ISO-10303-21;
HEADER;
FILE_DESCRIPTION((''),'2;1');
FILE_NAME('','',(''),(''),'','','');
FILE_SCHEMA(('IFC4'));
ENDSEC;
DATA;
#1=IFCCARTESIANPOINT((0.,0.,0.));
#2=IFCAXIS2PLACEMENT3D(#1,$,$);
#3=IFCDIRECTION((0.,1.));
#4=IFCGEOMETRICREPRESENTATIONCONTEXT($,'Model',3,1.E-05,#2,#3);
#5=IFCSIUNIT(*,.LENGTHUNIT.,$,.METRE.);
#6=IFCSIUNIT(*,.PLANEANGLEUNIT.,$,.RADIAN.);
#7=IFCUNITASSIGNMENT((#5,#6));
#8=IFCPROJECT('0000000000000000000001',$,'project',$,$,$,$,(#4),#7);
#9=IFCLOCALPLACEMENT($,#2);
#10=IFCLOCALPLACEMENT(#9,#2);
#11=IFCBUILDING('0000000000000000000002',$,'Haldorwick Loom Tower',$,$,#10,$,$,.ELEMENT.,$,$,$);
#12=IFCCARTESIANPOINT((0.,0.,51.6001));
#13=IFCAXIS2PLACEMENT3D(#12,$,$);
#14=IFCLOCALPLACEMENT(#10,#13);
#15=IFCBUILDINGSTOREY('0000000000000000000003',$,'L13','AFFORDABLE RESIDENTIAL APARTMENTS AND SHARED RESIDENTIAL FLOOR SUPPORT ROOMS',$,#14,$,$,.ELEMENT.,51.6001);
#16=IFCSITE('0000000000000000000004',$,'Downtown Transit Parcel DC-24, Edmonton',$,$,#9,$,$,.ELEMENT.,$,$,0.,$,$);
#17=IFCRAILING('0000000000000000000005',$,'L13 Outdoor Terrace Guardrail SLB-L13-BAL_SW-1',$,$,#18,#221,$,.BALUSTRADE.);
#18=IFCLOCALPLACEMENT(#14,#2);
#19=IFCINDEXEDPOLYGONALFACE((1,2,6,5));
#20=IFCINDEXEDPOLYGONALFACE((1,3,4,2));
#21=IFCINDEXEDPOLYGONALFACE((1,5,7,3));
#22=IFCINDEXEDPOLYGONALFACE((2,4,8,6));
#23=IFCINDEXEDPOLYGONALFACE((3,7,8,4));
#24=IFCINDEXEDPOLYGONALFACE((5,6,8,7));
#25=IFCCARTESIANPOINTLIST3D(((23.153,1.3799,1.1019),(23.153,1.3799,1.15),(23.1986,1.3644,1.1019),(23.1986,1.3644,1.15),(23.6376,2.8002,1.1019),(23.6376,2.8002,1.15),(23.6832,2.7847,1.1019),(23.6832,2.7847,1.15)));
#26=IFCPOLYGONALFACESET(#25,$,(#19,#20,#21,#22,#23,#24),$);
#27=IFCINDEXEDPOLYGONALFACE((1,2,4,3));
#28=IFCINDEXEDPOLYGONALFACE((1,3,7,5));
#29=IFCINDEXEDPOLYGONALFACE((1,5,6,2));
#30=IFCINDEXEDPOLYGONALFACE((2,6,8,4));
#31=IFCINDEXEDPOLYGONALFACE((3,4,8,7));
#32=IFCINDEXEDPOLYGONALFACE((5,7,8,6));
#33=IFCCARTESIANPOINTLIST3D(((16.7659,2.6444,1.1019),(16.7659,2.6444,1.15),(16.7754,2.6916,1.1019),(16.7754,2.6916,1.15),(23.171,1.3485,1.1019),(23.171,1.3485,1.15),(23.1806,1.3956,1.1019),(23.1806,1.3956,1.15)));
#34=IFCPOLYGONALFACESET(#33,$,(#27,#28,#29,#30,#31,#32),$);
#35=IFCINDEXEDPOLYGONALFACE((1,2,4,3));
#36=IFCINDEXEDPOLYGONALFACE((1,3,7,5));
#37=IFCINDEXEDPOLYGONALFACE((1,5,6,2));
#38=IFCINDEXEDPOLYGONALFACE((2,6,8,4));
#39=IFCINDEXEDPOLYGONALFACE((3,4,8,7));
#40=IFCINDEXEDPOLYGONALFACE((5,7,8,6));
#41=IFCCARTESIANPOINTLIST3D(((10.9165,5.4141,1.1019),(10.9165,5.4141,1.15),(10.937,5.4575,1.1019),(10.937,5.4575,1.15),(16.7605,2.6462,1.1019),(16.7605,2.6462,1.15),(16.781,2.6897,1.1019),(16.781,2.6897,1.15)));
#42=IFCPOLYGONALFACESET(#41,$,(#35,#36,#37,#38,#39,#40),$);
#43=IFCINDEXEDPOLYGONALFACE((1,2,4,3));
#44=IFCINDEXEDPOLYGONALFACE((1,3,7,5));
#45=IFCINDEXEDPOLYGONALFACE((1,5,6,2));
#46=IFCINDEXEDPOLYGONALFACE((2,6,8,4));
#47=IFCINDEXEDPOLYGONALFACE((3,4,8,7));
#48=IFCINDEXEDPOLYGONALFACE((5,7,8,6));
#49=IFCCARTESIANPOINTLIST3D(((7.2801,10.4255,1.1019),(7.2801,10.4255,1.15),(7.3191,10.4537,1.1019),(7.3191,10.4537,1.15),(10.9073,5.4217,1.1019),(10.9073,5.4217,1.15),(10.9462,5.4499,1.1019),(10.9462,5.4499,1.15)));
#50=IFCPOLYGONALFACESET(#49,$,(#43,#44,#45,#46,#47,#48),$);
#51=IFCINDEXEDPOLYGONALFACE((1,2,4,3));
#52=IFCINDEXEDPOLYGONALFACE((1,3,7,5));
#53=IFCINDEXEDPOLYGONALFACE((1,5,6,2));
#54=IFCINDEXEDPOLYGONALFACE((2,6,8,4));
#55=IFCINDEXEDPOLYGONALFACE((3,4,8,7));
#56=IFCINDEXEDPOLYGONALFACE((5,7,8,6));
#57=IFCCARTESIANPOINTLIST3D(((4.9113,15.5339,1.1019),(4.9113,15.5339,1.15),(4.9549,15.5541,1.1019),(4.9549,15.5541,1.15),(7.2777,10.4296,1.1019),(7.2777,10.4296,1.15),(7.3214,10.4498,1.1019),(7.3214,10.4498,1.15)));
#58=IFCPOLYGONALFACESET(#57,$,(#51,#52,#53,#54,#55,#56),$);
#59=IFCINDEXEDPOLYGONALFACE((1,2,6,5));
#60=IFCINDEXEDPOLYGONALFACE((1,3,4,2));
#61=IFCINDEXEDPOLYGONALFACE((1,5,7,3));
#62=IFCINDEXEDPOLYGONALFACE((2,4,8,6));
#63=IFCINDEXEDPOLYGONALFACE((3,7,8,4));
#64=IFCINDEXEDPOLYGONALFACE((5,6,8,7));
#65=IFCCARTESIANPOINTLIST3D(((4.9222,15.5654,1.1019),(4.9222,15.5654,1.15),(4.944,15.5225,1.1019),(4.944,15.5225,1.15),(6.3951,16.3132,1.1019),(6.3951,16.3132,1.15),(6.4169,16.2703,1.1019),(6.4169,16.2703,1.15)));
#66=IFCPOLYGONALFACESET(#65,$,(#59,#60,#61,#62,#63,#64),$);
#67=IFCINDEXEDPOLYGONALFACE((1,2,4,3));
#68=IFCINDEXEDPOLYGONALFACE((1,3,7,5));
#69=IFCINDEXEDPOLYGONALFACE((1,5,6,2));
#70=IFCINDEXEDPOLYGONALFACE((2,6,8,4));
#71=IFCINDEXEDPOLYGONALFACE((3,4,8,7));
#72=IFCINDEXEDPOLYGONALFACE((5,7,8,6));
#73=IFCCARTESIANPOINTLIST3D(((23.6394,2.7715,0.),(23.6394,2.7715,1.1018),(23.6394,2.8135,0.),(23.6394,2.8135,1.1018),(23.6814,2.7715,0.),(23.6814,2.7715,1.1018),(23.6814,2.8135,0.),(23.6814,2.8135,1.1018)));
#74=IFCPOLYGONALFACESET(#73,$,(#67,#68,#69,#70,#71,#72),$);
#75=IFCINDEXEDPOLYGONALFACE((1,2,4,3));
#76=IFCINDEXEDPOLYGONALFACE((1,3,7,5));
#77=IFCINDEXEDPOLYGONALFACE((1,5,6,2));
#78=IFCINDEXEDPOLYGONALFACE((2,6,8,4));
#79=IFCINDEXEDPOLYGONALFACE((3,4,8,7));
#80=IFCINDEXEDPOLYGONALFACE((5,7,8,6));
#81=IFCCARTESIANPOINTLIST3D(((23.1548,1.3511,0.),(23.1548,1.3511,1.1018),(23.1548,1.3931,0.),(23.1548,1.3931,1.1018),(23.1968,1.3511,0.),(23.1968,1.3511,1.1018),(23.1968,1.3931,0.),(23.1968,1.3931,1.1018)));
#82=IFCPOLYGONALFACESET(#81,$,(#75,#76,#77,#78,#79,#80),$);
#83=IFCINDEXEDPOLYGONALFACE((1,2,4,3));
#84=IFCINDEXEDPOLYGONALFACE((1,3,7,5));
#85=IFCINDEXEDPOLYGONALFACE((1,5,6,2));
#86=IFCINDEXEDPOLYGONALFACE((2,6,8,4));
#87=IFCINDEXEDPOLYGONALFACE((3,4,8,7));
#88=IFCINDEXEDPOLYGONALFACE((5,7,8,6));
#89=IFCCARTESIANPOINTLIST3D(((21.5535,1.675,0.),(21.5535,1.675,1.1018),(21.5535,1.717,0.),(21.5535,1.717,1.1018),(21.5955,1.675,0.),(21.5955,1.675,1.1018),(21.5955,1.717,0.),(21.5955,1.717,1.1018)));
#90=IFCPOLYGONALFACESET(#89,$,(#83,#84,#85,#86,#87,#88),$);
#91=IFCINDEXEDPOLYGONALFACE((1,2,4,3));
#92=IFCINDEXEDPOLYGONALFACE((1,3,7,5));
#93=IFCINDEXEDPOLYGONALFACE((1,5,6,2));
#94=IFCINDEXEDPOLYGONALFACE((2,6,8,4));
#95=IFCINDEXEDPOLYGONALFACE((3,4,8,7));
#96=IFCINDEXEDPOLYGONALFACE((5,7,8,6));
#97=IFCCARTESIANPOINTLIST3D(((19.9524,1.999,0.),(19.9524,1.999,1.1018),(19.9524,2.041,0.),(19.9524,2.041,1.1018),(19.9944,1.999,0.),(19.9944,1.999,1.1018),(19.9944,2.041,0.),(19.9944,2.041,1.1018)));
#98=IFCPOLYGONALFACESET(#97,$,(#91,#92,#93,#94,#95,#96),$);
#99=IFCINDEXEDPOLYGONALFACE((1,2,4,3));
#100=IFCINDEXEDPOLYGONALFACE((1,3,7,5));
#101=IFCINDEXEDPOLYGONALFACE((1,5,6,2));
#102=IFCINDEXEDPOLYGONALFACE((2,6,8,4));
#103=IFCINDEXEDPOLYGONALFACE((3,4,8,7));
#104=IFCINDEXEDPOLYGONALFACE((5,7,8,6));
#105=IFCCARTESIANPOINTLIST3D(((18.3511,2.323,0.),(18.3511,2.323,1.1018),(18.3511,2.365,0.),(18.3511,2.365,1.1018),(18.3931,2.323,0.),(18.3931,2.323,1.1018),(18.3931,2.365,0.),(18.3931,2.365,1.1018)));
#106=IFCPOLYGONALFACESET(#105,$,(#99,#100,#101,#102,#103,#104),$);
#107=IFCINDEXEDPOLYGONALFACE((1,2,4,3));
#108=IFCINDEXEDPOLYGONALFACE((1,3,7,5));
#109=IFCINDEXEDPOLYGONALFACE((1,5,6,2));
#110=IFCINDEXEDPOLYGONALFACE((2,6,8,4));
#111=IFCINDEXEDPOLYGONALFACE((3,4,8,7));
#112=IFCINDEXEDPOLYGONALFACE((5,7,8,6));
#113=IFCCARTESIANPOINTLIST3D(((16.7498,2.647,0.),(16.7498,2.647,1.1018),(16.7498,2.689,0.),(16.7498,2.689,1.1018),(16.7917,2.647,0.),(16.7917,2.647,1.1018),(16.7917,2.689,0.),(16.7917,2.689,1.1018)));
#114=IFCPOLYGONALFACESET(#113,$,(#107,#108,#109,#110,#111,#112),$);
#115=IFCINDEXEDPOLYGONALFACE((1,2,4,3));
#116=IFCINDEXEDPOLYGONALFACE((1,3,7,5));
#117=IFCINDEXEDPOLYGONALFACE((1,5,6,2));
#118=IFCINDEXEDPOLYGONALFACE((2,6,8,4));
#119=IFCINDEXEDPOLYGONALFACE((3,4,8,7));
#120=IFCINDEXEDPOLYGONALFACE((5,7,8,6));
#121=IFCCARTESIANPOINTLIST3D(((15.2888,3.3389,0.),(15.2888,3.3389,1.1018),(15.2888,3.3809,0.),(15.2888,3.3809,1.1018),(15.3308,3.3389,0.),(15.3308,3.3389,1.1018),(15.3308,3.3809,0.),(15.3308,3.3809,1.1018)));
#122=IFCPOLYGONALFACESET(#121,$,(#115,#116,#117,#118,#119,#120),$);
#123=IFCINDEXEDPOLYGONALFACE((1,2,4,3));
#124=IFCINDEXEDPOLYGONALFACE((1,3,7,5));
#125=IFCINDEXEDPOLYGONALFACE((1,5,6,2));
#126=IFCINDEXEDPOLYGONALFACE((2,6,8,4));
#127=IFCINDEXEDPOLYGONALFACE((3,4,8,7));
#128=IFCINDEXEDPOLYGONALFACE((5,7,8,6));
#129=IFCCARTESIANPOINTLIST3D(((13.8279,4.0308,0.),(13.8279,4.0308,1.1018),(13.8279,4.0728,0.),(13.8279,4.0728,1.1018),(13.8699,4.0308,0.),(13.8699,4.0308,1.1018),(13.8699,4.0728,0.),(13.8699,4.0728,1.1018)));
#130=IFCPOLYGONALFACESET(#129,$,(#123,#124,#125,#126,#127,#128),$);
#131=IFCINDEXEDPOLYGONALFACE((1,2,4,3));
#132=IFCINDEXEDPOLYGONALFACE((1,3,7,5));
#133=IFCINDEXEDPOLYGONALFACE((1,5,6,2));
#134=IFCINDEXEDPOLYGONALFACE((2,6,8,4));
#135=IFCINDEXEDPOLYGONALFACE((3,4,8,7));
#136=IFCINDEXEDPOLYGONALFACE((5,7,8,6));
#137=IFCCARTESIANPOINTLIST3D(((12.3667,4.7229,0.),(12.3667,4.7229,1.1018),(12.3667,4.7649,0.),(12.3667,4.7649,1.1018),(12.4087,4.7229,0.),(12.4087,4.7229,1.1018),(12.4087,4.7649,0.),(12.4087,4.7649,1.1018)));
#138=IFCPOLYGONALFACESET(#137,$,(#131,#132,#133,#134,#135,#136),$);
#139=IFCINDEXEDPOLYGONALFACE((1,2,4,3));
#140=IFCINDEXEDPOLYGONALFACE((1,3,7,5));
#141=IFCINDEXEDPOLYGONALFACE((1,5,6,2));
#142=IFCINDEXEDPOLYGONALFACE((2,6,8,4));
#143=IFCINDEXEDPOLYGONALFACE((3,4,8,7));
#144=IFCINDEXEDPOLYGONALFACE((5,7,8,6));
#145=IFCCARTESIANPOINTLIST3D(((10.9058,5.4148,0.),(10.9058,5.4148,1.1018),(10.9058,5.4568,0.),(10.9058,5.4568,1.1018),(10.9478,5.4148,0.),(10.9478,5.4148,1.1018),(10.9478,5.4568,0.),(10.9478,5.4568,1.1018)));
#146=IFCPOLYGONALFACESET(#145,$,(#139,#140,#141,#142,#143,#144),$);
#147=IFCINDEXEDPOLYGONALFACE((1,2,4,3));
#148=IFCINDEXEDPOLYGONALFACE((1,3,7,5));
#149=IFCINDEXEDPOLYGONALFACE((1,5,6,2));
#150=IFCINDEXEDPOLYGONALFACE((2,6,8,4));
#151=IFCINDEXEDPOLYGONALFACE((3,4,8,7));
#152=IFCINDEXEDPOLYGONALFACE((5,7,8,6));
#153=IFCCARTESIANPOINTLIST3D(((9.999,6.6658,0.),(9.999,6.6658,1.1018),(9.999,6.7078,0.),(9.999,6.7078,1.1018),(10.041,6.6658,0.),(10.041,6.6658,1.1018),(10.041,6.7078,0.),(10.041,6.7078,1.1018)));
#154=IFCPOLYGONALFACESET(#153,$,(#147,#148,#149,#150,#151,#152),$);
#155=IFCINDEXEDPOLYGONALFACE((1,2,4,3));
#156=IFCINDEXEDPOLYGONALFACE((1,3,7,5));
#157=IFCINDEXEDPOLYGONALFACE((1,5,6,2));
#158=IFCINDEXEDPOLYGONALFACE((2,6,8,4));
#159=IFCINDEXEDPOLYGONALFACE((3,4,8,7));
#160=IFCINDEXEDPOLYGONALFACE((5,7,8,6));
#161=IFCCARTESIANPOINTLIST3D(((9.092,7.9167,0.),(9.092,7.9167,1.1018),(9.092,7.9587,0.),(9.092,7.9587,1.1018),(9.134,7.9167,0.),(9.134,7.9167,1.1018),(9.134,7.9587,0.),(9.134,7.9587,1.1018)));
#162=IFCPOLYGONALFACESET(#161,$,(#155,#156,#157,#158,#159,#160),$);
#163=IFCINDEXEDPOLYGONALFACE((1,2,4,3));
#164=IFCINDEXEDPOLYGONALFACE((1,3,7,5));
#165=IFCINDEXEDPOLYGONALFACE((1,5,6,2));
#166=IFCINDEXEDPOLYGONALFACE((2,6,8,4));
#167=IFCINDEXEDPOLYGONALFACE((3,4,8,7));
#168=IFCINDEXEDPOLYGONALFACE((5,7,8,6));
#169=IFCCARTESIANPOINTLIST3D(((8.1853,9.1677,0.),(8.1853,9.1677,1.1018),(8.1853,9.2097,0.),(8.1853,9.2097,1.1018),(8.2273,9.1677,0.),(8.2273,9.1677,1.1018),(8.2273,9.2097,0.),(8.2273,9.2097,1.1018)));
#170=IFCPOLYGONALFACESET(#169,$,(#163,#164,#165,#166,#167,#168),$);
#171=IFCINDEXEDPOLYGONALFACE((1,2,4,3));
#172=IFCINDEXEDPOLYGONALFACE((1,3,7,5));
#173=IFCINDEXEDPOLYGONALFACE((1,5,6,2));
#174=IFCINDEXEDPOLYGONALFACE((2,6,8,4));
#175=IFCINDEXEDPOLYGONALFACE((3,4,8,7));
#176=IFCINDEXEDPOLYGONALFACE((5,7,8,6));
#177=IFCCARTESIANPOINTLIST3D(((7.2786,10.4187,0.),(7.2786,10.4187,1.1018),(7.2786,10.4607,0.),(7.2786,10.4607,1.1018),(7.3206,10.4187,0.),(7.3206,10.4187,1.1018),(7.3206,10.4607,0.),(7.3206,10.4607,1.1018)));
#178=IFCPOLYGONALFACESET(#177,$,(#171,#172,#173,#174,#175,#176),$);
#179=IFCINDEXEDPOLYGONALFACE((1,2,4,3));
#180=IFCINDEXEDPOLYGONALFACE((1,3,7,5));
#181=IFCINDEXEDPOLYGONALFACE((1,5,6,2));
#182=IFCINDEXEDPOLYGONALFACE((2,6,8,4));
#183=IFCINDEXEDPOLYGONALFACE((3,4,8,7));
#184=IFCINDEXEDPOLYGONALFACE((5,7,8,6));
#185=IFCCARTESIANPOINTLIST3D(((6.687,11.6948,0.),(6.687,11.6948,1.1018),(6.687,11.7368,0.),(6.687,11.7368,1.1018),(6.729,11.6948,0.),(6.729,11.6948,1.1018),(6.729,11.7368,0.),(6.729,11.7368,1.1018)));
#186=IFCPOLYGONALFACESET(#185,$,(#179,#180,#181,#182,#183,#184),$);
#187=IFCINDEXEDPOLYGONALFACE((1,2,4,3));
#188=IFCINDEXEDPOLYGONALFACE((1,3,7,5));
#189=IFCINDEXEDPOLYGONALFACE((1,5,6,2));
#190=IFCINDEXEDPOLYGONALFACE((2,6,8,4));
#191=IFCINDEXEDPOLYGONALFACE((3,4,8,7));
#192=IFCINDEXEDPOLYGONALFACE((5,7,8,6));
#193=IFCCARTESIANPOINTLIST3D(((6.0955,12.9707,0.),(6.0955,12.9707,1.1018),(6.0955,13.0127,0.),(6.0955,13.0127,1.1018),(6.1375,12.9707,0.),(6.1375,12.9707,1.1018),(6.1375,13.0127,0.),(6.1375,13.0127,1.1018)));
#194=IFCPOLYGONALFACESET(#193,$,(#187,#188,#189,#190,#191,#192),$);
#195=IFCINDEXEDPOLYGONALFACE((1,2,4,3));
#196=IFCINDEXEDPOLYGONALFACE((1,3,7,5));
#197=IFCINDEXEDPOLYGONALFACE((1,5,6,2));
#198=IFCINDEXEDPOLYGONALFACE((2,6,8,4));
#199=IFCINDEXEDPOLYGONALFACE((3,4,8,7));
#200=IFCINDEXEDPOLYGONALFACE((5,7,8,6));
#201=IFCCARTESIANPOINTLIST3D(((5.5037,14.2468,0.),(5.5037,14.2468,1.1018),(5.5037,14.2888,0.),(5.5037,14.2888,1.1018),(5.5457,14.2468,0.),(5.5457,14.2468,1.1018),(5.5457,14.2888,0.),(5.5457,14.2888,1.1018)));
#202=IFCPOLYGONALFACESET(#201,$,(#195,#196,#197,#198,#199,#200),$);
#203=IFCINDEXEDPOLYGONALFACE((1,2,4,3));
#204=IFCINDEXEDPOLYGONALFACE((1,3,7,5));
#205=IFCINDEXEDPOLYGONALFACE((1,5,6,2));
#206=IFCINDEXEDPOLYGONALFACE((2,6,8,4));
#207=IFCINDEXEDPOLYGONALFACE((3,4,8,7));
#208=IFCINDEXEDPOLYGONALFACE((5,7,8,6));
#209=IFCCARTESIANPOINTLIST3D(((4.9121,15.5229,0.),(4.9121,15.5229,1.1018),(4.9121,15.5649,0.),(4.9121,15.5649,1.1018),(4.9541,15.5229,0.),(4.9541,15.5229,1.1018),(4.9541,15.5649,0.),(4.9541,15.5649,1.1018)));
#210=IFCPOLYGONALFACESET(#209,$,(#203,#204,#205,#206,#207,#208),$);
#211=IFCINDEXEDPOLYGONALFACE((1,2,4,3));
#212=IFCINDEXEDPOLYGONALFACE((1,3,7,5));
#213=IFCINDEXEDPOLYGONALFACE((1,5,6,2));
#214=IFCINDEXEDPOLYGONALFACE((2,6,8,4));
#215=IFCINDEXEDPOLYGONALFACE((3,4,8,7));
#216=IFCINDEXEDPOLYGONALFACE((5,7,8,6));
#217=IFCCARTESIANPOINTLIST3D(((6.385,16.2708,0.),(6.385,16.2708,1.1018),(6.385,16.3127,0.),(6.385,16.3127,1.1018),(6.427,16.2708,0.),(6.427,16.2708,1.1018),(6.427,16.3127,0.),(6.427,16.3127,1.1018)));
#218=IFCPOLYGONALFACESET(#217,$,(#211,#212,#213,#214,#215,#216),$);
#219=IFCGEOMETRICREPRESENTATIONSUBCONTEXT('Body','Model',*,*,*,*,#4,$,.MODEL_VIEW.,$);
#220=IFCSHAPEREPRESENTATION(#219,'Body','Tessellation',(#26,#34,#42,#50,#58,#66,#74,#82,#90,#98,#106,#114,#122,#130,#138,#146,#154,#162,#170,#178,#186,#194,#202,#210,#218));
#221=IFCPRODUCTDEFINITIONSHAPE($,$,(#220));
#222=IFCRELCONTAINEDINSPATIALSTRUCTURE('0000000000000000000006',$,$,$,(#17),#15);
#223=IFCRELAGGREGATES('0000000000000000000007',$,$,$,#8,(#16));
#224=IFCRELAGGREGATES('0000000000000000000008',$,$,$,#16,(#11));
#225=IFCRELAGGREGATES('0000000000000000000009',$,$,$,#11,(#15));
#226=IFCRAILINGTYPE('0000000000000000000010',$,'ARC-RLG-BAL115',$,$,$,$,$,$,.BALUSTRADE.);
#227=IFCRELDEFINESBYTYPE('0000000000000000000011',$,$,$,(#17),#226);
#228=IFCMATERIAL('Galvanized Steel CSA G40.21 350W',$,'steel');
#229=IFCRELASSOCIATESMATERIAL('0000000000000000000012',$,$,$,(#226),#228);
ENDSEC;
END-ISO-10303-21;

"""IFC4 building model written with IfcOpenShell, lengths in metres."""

from ifc_helpers import new_model, si_unit, direction, frame, origin, origin_2d, place, context, subcontext, project, spatial, rectangle, extrude, material, type_object, element, save


model = new_model("IFC4")

# Units and contexts
model_context = context("Model", 3, precision=1e-05, world=origin(), true_north=direction((0.0, 1.0)))
body_context = subcontext(model_context, "Body", "Model", "MODEL_VIEW")
ifc_project = project(units=[si_unit("LENGTHUNIT", "METRE"), si_unit("PLANEANGLEUNIT", "RADIAN")], contexts=[model_context])

# Site, building, storey
site_placement = place(None, origin())
site = spatial("IfcSite", under=ifc_project, at=site_placement, Name="Downtown Transit Parcel DC-24, Edmonton", CompositionType="ELEMENT", RefElevation=0.0)
building_placement = place(site_placement, origin())
building = spatial("IfcBuilding", under=site, at=building_placement, Name="Haldorwick Loom Tower", CompositionType="ELEMENT")
storey_placement = place(building_placement, frame((0.0, 0.0, 51.6001)))
storey = spatial("IfcBuildingStorey", under=building, at=storey_placement, Name="L13", Description="AFFORDABLE RESIDENTIAL APARTMENTS AND SHARED RESIDENTIAL FLOOR SUPPORT ROOMS", CompositionType="ELEMENT", Elevation=51.6001)

# Railing
ifc_material_1 = material(Name="Galvanized Steel CSA G40.21 350W", Category="steel")
railing_type = type_object("IfcRailingType", Name="ARC-RLG-BAL115", PredefinedType="BALUSTRADE", material=ifc_material_1)
railing_placement = place(storey_placement, frame((23.6604, 2.7925, 0.0)))
element("IfcRailing", 1, at=railing_placement, inside=storey, type_object=railing_type, Name="L13 Outdoor Terrace Guardrail SLB-L13-BAL_SW-1", PredefinedType="BALUSTRADE", context=body_context, shape_type="SweptSolid", body=[
    extrude(rectangle(XDim=0.0481, YDim=0.0481, at=origin_2d()), frame((0.0, 0.0, 1.126), z_axis=(-0.322906, -0.946431, 0.0), x_axis=(0.946431, -0.322906, 0.0)), (0.0, 0.0, 1.0), 1.5007),
    extrude(rectangle(XDim=0.0481, YDim=0.0481, at=origin_2d()), frame((-0.4846, -1.4204, 1.126), z_axis=(-0.98014, 0.198307, 0.0), x_axis=(-0.198307, -0.98014, 0.0)), (0.0, 0.0, 1.0), 6.5349),
    extrude(rectangle(XDim=0.0481, YDim=0.0481, at=origin_2d()), frame((-6.8896, -0.1245, 1.126), z_axis=(-0.903761, 0.428038, 0.0), x_axis=(-0.428038, -0.903761, 0.0)), (0.0, 0.0, 1.0), 6.4663),
    extrude(rectangle(XDim=0.0481, YDim=0.0481, at=origin_2d()), frame((-12.7336, 2.6433, 1.126), z_axis=(-0.5869, 0.809659, 0.0), x_axis=(-0.809659, -0.5869, 0.0)), (0.0, 0.0, 1.0), 6.1802),
    extrude(rectangle(XDim=0.0481, YDim=0.0481, at=origin_2d()), frame((-16.3608, 7.6472, 1.126), z_axis=(-0.420618, 0.907238, 0.0), x_axis=(-0.907238, -0.420618, 0.0)), (0.0, 0.0, 1.0), 5.6262),
    extrude(rectangle(XDim=0.0481, YDim=0.0481, at=origin_2d()), frame((-18.7273, 12.7515, 1.126), z_axis=(0.891661, 0.452703, 0.0), x_axis=(-0.452703, 0.891661, 0.0)), (0.0, 0.0, 1.0), 1.6519),
    extrude(rectangle(XDim=0.042, YDim=0.042, at=origin_2d()), origin(), (0.0, 0.0, 1.0), 1.1018),
    extrude(rectangle(XDim=0.042, YDim=0.042, at=origin_2d()), frame((-0.4846, -1.4204, 0.0)), (0.0, 0.0, 1.0), 1.1018),
    extrude(rectangle(XDim=0.042, YDim=0.042, at=origin_2d()), frame((-2.0859, -1.0964, 0.0)), (0.0, 0.0, 1.0), 1.1018),
    extrude(rectangle(XDim=0.042, YDim=0.042, at=origin_2d()), frame((-3.687, -0.7725, 0.0)), (0.0, 0.0, 1.0), 1.1018),
    extrude(rectangle(XDim=0.042, YDim=0.042, at=origin_2d()), frame((-5.2883, -0.4485, 0.0)), (0.0, 0.0, 1.0), 1.1018),
    extrude(rectangle(XDim=0.042, YDim=0.042, at=origin_2d()), frame((-6.8896, -0.1245, 0.0)), (0.0, 0.0, 1.0), 1.1018),
    extrude(rectangle(XDim=0.042, YDim=0.042, at=origin_2d()), frame((-8.3506, 0.5674, 0.0)), (0.0, 0.0, 1.0), 1.1018),
    extrude(rectangle(XDim=0.042, YDim=0.042, at=origin_2d()), frame((-9.8115, 1.2593, 0.0)), (0.0, 0.0, 1.0), 1.1018),
    extrude(rectangle(XDim=0.042, YDim=0.042, at=origin_2d()), frame((-11.2727, 1.9514, 0.0)), (0.0, 0.0, 1.0), 1.1018),
    extrude(rectangle(XDim=0.042, YDim=0.042, at=origin_2d()), frame((-12.7336, 2.6433, 0.0)), (0.0, 0.0, 1.0), 1.1018),
    extrude(rectangle(XDim=0.042, YDim=0.042, at=origin_2d()), frame((-13.6404, 3.8943, 0.0)), (0.0, 0.0, 1.0), 1.1018),
    extrude(rectangle(XDim=0.042, YDim=0.042, at=origin_2d()), frame((-14.5474, 5.1453, 0.0)), (0.0, 0.0, 1.0), 1.1018),
    extrude(rectangle(XDim=0.042, YDim=0.042, at=origin_2d()), frame((-15.4541, 6.3962, 0.0)), (0.0, 0.0, 1.0), 1.1018),
    extrude(rectangle(XDim=0.042, YDim=0.042, at=origin_2d()), frame((-16.3608, 7.6472, 0.0)), (0.0, 0.0, 1.0), 1.1018),
    extrude(rectangle(XDim=0.042, YDim=0.042, at=origin_2d()), frame((-16.9524, 8.9233, 0.0)), (0.0, 0.0, 1.0), 1.1018),
    extrude(rectangle(XDim=0.042, YDim=0.042, at=origin_2d()), frame((-17.5439, 10.1992, 0.0)), (0.0, 0.0, 1.0), 1.1018),
    extrude(rectangle(XDim=0.042, YDim=0.042, at=origin_2d()), frame((-18.1357, 11.4753, 0.0)), (0.0, 0.0, 1.0), 1.1018),
    extrude(rectangle(XDim=0.042, YDim=0.042, at=origin_2d()), frame((-18.7273, 12.7515, 0.0)), (0.0, 0.0, 1.0), 1.1018),
    extrude(rectangle(XDim=0.042, YDim=0.042, at=origin_2d()), frame((-17.2544, 13.4993, 0.0)), (0.0, 0.0, 1.0), 1.1018),
])

save(model, "model.ifc")
